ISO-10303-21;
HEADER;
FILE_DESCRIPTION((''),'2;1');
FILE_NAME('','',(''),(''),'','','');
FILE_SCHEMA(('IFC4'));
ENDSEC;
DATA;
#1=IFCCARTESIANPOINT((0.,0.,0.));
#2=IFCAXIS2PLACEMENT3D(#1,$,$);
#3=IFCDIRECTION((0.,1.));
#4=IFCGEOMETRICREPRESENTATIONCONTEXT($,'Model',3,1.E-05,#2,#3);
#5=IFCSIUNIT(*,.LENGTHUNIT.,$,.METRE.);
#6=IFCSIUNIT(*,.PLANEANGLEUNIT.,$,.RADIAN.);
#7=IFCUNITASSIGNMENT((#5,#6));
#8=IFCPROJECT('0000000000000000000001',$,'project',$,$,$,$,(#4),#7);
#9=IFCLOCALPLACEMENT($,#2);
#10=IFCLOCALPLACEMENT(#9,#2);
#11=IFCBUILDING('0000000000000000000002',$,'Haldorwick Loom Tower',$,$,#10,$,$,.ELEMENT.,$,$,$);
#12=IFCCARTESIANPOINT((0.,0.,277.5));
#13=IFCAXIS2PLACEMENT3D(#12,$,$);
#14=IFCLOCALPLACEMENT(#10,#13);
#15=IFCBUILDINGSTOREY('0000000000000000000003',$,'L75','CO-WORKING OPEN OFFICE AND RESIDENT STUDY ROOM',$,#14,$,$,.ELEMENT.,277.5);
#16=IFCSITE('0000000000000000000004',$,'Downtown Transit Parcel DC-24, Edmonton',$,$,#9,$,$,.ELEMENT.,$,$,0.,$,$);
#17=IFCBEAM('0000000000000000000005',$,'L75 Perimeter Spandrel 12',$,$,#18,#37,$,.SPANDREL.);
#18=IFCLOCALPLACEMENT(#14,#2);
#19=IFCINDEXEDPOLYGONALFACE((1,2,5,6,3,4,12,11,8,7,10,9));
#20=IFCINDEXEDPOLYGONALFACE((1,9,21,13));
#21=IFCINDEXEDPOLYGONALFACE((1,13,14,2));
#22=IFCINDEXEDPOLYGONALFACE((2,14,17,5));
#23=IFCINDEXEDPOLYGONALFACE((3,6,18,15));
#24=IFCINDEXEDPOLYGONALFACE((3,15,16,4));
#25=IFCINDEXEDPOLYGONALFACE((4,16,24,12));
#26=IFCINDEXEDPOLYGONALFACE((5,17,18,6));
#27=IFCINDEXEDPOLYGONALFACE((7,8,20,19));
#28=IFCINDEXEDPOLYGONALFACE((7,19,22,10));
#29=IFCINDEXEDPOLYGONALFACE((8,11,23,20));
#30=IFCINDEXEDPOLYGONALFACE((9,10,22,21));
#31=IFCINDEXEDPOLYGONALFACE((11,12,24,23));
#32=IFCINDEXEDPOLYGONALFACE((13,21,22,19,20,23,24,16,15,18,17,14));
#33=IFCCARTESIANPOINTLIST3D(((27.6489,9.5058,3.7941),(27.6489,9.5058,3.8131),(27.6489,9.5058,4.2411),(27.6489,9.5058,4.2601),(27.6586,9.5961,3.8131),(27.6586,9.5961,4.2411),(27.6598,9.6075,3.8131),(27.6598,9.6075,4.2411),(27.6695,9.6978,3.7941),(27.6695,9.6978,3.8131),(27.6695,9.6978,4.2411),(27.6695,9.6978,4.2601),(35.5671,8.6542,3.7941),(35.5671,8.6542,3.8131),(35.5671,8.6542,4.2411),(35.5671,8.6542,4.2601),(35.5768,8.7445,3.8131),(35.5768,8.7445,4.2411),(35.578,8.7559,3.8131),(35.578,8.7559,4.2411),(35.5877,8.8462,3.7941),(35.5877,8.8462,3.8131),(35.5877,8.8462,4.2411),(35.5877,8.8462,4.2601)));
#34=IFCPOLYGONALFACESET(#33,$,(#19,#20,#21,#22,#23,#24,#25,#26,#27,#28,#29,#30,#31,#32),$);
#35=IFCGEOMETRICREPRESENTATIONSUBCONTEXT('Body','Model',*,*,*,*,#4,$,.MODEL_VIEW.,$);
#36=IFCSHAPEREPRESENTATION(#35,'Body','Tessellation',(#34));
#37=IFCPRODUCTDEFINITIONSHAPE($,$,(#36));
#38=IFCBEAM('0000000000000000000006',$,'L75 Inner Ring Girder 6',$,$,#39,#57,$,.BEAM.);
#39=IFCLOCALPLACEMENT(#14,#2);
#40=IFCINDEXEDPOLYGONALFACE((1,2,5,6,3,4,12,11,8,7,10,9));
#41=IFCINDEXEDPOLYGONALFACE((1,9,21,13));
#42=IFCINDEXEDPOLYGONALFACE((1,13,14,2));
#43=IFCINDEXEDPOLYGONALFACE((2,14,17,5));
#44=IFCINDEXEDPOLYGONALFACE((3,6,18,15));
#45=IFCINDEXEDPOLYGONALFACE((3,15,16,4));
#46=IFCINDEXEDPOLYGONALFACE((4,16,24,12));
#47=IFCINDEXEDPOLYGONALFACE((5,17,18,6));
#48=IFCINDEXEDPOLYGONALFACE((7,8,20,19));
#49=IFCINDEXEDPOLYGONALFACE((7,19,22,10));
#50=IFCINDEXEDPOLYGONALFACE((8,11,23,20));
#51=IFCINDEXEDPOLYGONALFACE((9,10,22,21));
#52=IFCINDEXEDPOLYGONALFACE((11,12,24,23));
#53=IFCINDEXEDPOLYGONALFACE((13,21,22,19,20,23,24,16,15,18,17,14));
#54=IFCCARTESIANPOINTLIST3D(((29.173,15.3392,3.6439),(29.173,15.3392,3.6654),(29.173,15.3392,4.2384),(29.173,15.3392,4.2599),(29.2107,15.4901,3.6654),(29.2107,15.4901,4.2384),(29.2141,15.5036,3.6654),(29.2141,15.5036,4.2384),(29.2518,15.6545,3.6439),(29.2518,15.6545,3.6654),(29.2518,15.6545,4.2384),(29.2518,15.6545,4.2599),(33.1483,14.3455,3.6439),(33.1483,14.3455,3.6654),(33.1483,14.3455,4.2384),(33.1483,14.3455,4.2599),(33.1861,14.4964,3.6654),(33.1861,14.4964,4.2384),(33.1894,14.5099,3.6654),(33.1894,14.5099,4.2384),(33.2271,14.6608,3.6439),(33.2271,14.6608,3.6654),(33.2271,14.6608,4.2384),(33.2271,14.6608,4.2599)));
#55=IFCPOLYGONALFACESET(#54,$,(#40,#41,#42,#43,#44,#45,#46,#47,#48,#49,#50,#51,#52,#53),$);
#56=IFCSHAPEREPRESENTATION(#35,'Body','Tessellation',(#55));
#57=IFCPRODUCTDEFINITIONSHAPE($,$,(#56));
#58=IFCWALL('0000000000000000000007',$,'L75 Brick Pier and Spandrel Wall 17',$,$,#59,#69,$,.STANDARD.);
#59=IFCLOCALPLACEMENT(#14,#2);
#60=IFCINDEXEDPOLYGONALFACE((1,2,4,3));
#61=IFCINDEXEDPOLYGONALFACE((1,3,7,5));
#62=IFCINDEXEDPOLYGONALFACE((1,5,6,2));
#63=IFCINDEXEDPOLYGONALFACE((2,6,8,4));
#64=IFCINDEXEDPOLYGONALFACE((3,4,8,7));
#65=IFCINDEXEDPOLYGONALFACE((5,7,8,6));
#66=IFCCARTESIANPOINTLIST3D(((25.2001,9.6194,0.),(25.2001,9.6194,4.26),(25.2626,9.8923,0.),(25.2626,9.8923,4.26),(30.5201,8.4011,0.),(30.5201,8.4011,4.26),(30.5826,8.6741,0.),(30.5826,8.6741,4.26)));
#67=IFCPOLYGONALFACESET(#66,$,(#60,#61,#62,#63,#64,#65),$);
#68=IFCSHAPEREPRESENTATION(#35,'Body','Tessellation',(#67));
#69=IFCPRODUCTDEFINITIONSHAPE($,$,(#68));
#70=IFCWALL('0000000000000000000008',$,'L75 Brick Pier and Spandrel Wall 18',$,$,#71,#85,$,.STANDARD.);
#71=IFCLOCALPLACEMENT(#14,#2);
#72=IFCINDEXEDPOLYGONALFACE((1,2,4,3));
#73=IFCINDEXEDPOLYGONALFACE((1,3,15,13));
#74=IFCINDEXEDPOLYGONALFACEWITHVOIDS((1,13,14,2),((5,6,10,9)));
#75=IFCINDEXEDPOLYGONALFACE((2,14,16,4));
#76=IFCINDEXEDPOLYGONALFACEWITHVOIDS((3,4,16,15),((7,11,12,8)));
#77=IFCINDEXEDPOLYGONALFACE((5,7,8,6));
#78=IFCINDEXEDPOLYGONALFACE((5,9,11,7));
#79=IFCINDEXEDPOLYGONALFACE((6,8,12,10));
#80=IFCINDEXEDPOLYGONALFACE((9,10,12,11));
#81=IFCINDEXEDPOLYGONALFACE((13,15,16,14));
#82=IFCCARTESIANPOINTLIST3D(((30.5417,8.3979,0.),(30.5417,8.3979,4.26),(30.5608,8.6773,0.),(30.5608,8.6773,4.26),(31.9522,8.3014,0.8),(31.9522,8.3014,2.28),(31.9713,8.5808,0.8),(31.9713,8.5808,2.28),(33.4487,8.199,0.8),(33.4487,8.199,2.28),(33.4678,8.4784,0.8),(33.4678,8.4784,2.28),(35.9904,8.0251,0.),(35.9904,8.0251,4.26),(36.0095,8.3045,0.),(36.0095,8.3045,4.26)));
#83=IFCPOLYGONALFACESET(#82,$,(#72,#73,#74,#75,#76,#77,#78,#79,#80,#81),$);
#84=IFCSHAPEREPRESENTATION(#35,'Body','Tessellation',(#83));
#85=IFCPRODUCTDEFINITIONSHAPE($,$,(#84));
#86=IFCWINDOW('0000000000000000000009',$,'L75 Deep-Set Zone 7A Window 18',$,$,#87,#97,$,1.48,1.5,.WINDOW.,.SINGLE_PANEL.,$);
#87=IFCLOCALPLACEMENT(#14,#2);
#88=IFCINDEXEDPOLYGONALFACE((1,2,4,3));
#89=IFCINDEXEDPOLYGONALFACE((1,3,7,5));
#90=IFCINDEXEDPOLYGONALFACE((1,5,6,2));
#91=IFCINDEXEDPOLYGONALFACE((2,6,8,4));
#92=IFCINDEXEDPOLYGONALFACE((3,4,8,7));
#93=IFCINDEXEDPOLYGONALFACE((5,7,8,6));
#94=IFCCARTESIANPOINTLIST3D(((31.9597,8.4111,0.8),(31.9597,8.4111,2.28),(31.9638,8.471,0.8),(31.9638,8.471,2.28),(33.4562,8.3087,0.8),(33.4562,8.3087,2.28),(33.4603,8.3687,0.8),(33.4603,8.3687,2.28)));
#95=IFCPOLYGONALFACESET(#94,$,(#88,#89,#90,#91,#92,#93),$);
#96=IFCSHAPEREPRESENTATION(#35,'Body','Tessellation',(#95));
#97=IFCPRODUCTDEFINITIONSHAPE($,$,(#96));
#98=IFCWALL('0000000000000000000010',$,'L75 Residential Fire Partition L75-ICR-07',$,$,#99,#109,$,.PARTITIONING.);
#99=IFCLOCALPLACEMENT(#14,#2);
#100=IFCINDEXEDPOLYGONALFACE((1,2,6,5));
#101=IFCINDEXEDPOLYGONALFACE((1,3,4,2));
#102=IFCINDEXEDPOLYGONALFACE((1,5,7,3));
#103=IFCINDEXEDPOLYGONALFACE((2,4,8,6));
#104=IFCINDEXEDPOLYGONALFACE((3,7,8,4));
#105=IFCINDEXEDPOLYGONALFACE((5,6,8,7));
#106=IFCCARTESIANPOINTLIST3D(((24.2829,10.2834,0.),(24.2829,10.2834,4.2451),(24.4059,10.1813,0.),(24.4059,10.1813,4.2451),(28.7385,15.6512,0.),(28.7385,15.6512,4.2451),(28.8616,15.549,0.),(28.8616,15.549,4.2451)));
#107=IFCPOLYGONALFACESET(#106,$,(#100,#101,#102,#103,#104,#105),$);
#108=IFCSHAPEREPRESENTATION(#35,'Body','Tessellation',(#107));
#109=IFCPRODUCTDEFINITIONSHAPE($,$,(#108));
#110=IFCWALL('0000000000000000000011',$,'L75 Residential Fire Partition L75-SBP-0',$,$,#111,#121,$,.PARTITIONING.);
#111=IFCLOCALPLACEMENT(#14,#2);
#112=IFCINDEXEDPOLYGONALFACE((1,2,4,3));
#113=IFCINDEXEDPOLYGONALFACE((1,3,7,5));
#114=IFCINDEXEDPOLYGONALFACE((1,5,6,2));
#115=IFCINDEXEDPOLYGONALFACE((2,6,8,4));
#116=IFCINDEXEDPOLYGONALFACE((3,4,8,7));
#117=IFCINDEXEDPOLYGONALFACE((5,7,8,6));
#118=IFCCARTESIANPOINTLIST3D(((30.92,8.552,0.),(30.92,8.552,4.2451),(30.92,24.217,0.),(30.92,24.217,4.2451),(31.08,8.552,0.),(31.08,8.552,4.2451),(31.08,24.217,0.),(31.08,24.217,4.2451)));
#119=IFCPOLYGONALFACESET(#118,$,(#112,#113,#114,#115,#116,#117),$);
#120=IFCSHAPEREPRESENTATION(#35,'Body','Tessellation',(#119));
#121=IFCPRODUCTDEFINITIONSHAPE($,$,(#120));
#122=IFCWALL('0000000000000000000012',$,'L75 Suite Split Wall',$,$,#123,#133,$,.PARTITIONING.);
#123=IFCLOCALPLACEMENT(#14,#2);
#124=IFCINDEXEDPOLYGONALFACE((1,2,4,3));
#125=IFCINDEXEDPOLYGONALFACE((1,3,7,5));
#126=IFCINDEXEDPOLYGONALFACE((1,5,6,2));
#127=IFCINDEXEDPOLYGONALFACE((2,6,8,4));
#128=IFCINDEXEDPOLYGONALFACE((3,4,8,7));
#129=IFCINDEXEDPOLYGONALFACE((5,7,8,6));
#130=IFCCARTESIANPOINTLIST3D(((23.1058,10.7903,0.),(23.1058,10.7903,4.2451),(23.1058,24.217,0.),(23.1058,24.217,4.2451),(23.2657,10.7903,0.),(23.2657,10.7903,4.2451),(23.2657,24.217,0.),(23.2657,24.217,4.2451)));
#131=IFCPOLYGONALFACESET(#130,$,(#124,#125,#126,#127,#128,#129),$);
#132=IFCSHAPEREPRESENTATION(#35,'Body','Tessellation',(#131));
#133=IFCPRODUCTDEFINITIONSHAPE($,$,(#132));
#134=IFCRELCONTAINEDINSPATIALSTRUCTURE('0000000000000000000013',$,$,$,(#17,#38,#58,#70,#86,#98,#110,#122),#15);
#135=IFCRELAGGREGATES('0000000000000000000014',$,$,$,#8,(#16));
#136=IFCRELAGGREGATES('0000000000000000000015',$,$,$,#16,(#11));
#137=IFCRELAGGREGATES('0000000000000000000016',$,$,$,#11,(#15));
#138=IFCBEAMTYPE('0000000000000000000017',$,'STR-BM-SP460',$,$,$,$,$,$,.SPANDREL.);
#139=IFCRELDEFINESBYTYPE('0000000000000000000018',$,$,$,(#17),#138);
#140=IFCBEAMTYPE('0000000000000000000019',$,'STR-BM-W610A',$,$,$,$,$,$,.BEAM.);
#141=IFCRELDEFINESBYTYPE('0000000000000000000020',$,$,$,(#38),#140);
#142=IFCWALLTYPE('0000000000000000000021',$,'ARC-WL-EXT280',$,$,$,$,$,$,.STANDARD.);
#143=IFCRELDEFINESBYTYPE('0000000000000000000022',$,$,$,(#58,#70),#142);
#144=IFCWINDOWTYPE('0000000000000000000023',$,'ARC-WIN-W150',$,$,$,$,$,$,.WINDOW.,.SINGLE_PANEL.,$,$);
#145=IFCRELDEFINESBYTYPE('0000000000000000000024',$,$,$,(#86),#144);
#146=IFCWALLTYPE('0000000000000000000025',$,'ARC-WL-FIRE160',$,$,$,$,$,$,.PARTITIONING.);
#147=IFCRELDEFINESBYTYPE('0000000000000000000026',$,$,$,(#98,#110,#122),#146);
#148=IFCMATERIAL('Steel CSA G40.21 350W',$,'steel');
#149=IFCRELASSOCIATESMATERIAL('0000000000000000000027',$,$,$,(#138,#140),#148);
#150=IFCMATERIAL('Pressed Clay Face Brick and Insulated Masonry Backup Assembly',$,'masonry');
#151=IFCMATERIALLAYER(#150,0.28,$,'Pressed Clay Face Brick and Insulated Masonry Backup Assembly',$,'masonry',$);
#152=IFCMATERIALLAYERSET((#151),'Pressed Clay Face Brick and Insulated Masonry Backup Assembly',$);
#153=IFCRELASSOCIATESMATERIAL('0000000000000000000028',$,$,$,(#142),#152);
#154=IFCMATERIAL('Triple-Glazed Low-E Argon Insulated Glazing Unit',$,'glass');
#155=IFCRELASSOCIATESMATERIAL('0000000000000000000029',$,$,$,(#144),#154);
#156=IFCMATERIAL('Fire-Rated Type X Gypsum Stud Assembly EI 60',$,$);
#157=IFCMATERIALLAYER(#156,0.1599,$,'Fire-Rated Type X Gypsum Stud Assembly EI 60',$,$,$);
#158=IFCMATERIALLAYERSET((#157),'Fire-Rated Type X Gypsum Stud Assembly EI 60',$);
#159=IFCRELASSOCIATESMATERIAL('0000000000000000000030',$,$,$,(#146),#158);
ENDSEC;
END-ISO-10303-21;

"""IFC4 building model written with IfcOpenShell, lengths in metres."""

from ifc_helpers import new_model, si_unit, direction, frame, frame_2d, origin, origin_2d, place, context, subcontext, project, spatial, rectangle, i_section, extrude, material, layer, layer_set, material_profile, profile_set, type_object, element, fill, save


model = new_model("IFC4")

# Units and contexts
model_context = context("Model", 3, precision=1e-05, world=origin(), true_north=direction((0.0, 1.0)))
body_context = subcontext(model_context, "Body", "Model", "MODEL_VIEW")
ifc_project = project(units=[si_unit("LENGTHUNIT", "METRE"), si_unit("PLANEANGLEUNIT", "RADIAN")], contexts=[model_context])

# Site, building, storey
site_placement = place(None, origin())
site = spatial("IfcSite", under=ifc_project, at=site_placement, Name="Downtown Transit Parcel DC-24, Edmonton", CompositionType="ELEMENT", RefElevation=0.0)
building_placement = place(site_placement, origin())
building = spatial("IfcBuilding", under=site, at=building_placement, Name="Haldorwick Loom Tower", CompositionType="ELEMENT")
storey_placement = place(building_placement, frame((0.0, 0.0, 277.5)))
storey = spatial("IfcBuildingStorey", under=building, at=storey_placement, Name="L75", Description="CO-WORKING OPEN OFFICE AND RESIDENT STUDY ROOM", CompositionType="ELEMENT", Elevation=277.5)

# Beams
ifc_material_1 = material(Name="Steel CSA G40.21 350W", Category="steel")
ifc_material_profile_1 = material_profile(ifc_material_1, i_section(OverallWidth=0.1931, OverallDepth=0.4661, WebThickness=0.0115, FlangeThickness=0.019, at=origin_2d()), Name="W460X97", Category="steel")
ifc_profile_set_1 = profile_set([ifc_material_profile_1], Name="Steel CSA G40.21 350W")
beam_type_1 = type_object("IfcBeamType", Name="STR-BM-SP460", PredefinedType="SPANDREL", material=ifc_profile_set_1)
beam_1_placement = place(storey_placement, frame((27.6592, 9.6018, 4.0271), z_axis=(0.994267, -0.106928, 0.0), x_axis=(0.106928, 0.994267, 0.0)))
element("IfcBeam", 1, at=beam_1_placement, inside=storey, type_object=beam_type_1, Name="L75 Perimeter Spandrel 12", PredefinedType="SPANDREL", context=body_context, shape_type="SweptSolid", body=[
    extrude(i_section(OverallWidth=0.1931, OverallDepth=0.4661, WebThickness=0.0115, FlangeThickness=0.019, at=origin_2d()), origin(), (0.0, 0.0, 1.0), 7.9639),
])
ifc_material_profile_2 = material_profile(ifc_material_1, i_section(OverallWidth=0.325, OverallDepth=0.616, WebThickness=0.0139, FlangeThickness=0.0215, at=origin_2d()), Name="W610X174", Category="steel")
ifc_profile_set_2 = profile_set([ifc_material_profile_2], Name="Steel CSA G40.21 350W")
beam_type_2 = type_object("IfcBeamType", Name="STR-BM-W610A", PredefinedType="BEAM", material=ifc_profile_set_2)
beam_2_placement = place(storey_placement, frame((33.1877, 14.5032, 3.9519), z_axis=(-0.970153, 0.242494, 0.0), x_axis=(-0.242494, -0.970153, 0.0)))
element("IfcBeam", 2, at=beam_2_placement, inside=storey, type_object=beam_type_2, Name="L75 Inner Ring Girder 6", PredefinedType="BEAM", context=body_context, shape_type="SweptSolid", body=[
    extrude(i_section(OverallWidth=0.325, OverallDepth=0.616, WebThickness=0.0139, FlangeThickness=0.0215, at=origin_2d()), origin(), (0.0, 0.0, 1.0), 4.0977),
])

# Wall
ifc_material_2 = material(Name="Pressed Clay Face Brick and Insulated Masonry Backup Assembly", Category="masonry")
ifc_layer_1 = layer(ifc_material_2, 0.28, Name="Pressed Clay Face Brick and Insulated Masonry Backup Assembly", Category="masonry")
ifc_layer_set_1 = layer_set([ifc_layer_1], Name="Pressed Clay Face Brick and Insulated Masonry Backup Assembly")
wall_type_1 = type_object("IfcWallType", Name="ARC-WL-EXT280", PredefinedType="STANDARD", material=ifc_layer_set_1)
wall_1_placement = place(storey_placement, frame((25.2312, 9.7559, 0.0), z_axis=(0.0, 0.0, 1.0), x_axis=(0.974769, -0.223216, 0.0)))
element("IfcWall", 3, at=wall_1_placement, inside=storey, type_object=wall_type_1, Name="L75 Brick Pier and Spandrel Wall 17", PredefinedType="STANDARD", context=body_context, shape_type="SweptSolid", body=[
    extrude(rectangle(XDim=5.4578, YDim=0.28, at=frame_2d((2.729, 0.0))), origin(), (0.0, 0.0, 1.0), 4.26),
])

# Wall, opening, window
wall_2_placement = place(storey_placement, frame((30.5513, 8.5376, 0.0), z_axis=(0.0, 0.0, 1.0), x_axis=(0.997668, -0.068261, 0.0)))
wall_2 = element("IfcWall", 4, at=wall_2_placement, inside=storey, type_object=wall_type_1, Name="L75 Brick Pier and Spandrel Wall 18", PredefinedType="STANDARD", context=body_context, shape_type="SweptSolid", body=[
    extrude(rectangle(XDim=5.4614, YDim=0.28, at=frame_2d((2.7307, 0.0))), origin(), (0.0, 0.0, 1.0), 4.26),
])
opening_placement = place(wall_2_placement, frame((1.4138, 0.0, 0.8)))
opening = element("IfcOpeningElement", 5, at=opening_placement, cuts=wall_2, PredefinedType="OPENING", context=body_context, shape_type="SweptSolid", body=[
    extrude(rectangle(XDim=1.5, YDim=1.48, at=frame_2d((0.75, 0.74))), frame((0.0, 0.1499, 0.0), z_axis=(0.0, -1.0, 0.0), x_axis=(1.0, 0.0, 0.0)), (0.0, 0.0, 1.0), 0.3),
])
ifc_material_3 = material(Name="Triple-Glazed Low-E Argon Insulated Glazing Unit", Category="glass")
window_type = type_object("IfcWindowType", Name="ARC-WIN-W150", PartitioningType="SINGLE_PANEL", PredefinedType="WINDOW", material=ifc_material_3)
window_placement = place(opening_placement, origin())
window = element("IfcWindow", 6, at=window_placement, inside=storey, type_object=window_type, Name="L75 Deep-Set Zone 7A Window 18", OverallHeight=1.48, OverallWidth=1.5, PartitioningType="SINGLE_PANEL", PredefinedType="WINDOW", context=body_context, shape_type="SweptSolid", body=[
    extrude(rectangle(XDim=1.5, YDim=1.48, at=frame_2d((0.75, 0.74))), frame((0.0, 0.03, 0.0), z_axis=(0.0, -1.0, 0.0), x_axis=(1.0, 0.0, 0.0)), (0.0, 0.0, 1.0), 0.0601),
])
fill(opening, window)

# Walls
ifc_material_4 = material(Name="Fire-Rated Type X Gypsum Stud Assembly EI 60")
ifc_layer_2 = layer(ifc_material_4, 0.1599, Name="Fire-Rated Type X Gypsum Stud Assembly EI 60")
ifc_layer_set_2 = layer_set([ifc_layer_2], Name="Fire-Rated Type X Gypsum Stud Assembly EI 60")
wall_type_2 = type_object("IfcWallType", Name="ARC-WL-FIRE160", PredefinedType="PARTITIONING", material=ifc_layer_set_2)
wall_3_placement = place(storey_placement, frame((28.8, 15.6001, 0.0), z_axis=(0.0, 0.0, 1.0), x_axis=(-0.638703, -0.769453, 0.0)))
element("IfcWall", 7, at=wall_3_placement, inside=storey, type_object=wall_type_2, Name="L75 Residential Fire Partition L75-ICR-07", PredefinedType="PARTITIONING", context=body_context, shape_type="SweptSolid", body=[
    extrude(rectangle(XDim=6.9761, YDim=0.1599, at=frame_2d((3.488, 0.0))), origin(), (0.0, 0.0, 1.0), 4.2451),
])
wall_4_placement = place(storey_placement, frame((31.0, 8.552, 0.0), z_axis=(0.0, 0.0, 1.0), x_axis=(0.0, 1.0, 0.0)))
element("IfcWall", 8, at=wall_4_placement, inside=storey, type_object=wall_type_2, Name="L75 Residential Fire Partition L75-SBP-0", PredefinedType="PARTITIONING", context=body_context, shape_type="SweptSolid", body=[
    extrude(rectangle(XDim=15.665, YDim=0.1599, at=frame_2d((7.8325, 0.0))), origin(), (0.0, 0.0, 1.0), 4.2451),
])
wall_5_placement = place(storey_placement, frame((23.1858, 10.7903, 0.0), z_axis=(0.0, 0.0, 1.0), x_axis=(0.0, 1.0, 0.0)))
element("IfcWall", 9, at=wall_5_placement, inside=storey, type_object=wall_type_2, Name="L75 Suite Split Wall", PredefinedType="PARTITIONING", context=body_context, shape_type="SweptSolid", body=[
    extrude(rectangle(XDim=13.4268, YDim=0.1599, at=frame_2d((6.7134, 0.0))), origin(), (0.0, 0.0, 1.0), 4.2451),
])

save(model, "model.ifc")
